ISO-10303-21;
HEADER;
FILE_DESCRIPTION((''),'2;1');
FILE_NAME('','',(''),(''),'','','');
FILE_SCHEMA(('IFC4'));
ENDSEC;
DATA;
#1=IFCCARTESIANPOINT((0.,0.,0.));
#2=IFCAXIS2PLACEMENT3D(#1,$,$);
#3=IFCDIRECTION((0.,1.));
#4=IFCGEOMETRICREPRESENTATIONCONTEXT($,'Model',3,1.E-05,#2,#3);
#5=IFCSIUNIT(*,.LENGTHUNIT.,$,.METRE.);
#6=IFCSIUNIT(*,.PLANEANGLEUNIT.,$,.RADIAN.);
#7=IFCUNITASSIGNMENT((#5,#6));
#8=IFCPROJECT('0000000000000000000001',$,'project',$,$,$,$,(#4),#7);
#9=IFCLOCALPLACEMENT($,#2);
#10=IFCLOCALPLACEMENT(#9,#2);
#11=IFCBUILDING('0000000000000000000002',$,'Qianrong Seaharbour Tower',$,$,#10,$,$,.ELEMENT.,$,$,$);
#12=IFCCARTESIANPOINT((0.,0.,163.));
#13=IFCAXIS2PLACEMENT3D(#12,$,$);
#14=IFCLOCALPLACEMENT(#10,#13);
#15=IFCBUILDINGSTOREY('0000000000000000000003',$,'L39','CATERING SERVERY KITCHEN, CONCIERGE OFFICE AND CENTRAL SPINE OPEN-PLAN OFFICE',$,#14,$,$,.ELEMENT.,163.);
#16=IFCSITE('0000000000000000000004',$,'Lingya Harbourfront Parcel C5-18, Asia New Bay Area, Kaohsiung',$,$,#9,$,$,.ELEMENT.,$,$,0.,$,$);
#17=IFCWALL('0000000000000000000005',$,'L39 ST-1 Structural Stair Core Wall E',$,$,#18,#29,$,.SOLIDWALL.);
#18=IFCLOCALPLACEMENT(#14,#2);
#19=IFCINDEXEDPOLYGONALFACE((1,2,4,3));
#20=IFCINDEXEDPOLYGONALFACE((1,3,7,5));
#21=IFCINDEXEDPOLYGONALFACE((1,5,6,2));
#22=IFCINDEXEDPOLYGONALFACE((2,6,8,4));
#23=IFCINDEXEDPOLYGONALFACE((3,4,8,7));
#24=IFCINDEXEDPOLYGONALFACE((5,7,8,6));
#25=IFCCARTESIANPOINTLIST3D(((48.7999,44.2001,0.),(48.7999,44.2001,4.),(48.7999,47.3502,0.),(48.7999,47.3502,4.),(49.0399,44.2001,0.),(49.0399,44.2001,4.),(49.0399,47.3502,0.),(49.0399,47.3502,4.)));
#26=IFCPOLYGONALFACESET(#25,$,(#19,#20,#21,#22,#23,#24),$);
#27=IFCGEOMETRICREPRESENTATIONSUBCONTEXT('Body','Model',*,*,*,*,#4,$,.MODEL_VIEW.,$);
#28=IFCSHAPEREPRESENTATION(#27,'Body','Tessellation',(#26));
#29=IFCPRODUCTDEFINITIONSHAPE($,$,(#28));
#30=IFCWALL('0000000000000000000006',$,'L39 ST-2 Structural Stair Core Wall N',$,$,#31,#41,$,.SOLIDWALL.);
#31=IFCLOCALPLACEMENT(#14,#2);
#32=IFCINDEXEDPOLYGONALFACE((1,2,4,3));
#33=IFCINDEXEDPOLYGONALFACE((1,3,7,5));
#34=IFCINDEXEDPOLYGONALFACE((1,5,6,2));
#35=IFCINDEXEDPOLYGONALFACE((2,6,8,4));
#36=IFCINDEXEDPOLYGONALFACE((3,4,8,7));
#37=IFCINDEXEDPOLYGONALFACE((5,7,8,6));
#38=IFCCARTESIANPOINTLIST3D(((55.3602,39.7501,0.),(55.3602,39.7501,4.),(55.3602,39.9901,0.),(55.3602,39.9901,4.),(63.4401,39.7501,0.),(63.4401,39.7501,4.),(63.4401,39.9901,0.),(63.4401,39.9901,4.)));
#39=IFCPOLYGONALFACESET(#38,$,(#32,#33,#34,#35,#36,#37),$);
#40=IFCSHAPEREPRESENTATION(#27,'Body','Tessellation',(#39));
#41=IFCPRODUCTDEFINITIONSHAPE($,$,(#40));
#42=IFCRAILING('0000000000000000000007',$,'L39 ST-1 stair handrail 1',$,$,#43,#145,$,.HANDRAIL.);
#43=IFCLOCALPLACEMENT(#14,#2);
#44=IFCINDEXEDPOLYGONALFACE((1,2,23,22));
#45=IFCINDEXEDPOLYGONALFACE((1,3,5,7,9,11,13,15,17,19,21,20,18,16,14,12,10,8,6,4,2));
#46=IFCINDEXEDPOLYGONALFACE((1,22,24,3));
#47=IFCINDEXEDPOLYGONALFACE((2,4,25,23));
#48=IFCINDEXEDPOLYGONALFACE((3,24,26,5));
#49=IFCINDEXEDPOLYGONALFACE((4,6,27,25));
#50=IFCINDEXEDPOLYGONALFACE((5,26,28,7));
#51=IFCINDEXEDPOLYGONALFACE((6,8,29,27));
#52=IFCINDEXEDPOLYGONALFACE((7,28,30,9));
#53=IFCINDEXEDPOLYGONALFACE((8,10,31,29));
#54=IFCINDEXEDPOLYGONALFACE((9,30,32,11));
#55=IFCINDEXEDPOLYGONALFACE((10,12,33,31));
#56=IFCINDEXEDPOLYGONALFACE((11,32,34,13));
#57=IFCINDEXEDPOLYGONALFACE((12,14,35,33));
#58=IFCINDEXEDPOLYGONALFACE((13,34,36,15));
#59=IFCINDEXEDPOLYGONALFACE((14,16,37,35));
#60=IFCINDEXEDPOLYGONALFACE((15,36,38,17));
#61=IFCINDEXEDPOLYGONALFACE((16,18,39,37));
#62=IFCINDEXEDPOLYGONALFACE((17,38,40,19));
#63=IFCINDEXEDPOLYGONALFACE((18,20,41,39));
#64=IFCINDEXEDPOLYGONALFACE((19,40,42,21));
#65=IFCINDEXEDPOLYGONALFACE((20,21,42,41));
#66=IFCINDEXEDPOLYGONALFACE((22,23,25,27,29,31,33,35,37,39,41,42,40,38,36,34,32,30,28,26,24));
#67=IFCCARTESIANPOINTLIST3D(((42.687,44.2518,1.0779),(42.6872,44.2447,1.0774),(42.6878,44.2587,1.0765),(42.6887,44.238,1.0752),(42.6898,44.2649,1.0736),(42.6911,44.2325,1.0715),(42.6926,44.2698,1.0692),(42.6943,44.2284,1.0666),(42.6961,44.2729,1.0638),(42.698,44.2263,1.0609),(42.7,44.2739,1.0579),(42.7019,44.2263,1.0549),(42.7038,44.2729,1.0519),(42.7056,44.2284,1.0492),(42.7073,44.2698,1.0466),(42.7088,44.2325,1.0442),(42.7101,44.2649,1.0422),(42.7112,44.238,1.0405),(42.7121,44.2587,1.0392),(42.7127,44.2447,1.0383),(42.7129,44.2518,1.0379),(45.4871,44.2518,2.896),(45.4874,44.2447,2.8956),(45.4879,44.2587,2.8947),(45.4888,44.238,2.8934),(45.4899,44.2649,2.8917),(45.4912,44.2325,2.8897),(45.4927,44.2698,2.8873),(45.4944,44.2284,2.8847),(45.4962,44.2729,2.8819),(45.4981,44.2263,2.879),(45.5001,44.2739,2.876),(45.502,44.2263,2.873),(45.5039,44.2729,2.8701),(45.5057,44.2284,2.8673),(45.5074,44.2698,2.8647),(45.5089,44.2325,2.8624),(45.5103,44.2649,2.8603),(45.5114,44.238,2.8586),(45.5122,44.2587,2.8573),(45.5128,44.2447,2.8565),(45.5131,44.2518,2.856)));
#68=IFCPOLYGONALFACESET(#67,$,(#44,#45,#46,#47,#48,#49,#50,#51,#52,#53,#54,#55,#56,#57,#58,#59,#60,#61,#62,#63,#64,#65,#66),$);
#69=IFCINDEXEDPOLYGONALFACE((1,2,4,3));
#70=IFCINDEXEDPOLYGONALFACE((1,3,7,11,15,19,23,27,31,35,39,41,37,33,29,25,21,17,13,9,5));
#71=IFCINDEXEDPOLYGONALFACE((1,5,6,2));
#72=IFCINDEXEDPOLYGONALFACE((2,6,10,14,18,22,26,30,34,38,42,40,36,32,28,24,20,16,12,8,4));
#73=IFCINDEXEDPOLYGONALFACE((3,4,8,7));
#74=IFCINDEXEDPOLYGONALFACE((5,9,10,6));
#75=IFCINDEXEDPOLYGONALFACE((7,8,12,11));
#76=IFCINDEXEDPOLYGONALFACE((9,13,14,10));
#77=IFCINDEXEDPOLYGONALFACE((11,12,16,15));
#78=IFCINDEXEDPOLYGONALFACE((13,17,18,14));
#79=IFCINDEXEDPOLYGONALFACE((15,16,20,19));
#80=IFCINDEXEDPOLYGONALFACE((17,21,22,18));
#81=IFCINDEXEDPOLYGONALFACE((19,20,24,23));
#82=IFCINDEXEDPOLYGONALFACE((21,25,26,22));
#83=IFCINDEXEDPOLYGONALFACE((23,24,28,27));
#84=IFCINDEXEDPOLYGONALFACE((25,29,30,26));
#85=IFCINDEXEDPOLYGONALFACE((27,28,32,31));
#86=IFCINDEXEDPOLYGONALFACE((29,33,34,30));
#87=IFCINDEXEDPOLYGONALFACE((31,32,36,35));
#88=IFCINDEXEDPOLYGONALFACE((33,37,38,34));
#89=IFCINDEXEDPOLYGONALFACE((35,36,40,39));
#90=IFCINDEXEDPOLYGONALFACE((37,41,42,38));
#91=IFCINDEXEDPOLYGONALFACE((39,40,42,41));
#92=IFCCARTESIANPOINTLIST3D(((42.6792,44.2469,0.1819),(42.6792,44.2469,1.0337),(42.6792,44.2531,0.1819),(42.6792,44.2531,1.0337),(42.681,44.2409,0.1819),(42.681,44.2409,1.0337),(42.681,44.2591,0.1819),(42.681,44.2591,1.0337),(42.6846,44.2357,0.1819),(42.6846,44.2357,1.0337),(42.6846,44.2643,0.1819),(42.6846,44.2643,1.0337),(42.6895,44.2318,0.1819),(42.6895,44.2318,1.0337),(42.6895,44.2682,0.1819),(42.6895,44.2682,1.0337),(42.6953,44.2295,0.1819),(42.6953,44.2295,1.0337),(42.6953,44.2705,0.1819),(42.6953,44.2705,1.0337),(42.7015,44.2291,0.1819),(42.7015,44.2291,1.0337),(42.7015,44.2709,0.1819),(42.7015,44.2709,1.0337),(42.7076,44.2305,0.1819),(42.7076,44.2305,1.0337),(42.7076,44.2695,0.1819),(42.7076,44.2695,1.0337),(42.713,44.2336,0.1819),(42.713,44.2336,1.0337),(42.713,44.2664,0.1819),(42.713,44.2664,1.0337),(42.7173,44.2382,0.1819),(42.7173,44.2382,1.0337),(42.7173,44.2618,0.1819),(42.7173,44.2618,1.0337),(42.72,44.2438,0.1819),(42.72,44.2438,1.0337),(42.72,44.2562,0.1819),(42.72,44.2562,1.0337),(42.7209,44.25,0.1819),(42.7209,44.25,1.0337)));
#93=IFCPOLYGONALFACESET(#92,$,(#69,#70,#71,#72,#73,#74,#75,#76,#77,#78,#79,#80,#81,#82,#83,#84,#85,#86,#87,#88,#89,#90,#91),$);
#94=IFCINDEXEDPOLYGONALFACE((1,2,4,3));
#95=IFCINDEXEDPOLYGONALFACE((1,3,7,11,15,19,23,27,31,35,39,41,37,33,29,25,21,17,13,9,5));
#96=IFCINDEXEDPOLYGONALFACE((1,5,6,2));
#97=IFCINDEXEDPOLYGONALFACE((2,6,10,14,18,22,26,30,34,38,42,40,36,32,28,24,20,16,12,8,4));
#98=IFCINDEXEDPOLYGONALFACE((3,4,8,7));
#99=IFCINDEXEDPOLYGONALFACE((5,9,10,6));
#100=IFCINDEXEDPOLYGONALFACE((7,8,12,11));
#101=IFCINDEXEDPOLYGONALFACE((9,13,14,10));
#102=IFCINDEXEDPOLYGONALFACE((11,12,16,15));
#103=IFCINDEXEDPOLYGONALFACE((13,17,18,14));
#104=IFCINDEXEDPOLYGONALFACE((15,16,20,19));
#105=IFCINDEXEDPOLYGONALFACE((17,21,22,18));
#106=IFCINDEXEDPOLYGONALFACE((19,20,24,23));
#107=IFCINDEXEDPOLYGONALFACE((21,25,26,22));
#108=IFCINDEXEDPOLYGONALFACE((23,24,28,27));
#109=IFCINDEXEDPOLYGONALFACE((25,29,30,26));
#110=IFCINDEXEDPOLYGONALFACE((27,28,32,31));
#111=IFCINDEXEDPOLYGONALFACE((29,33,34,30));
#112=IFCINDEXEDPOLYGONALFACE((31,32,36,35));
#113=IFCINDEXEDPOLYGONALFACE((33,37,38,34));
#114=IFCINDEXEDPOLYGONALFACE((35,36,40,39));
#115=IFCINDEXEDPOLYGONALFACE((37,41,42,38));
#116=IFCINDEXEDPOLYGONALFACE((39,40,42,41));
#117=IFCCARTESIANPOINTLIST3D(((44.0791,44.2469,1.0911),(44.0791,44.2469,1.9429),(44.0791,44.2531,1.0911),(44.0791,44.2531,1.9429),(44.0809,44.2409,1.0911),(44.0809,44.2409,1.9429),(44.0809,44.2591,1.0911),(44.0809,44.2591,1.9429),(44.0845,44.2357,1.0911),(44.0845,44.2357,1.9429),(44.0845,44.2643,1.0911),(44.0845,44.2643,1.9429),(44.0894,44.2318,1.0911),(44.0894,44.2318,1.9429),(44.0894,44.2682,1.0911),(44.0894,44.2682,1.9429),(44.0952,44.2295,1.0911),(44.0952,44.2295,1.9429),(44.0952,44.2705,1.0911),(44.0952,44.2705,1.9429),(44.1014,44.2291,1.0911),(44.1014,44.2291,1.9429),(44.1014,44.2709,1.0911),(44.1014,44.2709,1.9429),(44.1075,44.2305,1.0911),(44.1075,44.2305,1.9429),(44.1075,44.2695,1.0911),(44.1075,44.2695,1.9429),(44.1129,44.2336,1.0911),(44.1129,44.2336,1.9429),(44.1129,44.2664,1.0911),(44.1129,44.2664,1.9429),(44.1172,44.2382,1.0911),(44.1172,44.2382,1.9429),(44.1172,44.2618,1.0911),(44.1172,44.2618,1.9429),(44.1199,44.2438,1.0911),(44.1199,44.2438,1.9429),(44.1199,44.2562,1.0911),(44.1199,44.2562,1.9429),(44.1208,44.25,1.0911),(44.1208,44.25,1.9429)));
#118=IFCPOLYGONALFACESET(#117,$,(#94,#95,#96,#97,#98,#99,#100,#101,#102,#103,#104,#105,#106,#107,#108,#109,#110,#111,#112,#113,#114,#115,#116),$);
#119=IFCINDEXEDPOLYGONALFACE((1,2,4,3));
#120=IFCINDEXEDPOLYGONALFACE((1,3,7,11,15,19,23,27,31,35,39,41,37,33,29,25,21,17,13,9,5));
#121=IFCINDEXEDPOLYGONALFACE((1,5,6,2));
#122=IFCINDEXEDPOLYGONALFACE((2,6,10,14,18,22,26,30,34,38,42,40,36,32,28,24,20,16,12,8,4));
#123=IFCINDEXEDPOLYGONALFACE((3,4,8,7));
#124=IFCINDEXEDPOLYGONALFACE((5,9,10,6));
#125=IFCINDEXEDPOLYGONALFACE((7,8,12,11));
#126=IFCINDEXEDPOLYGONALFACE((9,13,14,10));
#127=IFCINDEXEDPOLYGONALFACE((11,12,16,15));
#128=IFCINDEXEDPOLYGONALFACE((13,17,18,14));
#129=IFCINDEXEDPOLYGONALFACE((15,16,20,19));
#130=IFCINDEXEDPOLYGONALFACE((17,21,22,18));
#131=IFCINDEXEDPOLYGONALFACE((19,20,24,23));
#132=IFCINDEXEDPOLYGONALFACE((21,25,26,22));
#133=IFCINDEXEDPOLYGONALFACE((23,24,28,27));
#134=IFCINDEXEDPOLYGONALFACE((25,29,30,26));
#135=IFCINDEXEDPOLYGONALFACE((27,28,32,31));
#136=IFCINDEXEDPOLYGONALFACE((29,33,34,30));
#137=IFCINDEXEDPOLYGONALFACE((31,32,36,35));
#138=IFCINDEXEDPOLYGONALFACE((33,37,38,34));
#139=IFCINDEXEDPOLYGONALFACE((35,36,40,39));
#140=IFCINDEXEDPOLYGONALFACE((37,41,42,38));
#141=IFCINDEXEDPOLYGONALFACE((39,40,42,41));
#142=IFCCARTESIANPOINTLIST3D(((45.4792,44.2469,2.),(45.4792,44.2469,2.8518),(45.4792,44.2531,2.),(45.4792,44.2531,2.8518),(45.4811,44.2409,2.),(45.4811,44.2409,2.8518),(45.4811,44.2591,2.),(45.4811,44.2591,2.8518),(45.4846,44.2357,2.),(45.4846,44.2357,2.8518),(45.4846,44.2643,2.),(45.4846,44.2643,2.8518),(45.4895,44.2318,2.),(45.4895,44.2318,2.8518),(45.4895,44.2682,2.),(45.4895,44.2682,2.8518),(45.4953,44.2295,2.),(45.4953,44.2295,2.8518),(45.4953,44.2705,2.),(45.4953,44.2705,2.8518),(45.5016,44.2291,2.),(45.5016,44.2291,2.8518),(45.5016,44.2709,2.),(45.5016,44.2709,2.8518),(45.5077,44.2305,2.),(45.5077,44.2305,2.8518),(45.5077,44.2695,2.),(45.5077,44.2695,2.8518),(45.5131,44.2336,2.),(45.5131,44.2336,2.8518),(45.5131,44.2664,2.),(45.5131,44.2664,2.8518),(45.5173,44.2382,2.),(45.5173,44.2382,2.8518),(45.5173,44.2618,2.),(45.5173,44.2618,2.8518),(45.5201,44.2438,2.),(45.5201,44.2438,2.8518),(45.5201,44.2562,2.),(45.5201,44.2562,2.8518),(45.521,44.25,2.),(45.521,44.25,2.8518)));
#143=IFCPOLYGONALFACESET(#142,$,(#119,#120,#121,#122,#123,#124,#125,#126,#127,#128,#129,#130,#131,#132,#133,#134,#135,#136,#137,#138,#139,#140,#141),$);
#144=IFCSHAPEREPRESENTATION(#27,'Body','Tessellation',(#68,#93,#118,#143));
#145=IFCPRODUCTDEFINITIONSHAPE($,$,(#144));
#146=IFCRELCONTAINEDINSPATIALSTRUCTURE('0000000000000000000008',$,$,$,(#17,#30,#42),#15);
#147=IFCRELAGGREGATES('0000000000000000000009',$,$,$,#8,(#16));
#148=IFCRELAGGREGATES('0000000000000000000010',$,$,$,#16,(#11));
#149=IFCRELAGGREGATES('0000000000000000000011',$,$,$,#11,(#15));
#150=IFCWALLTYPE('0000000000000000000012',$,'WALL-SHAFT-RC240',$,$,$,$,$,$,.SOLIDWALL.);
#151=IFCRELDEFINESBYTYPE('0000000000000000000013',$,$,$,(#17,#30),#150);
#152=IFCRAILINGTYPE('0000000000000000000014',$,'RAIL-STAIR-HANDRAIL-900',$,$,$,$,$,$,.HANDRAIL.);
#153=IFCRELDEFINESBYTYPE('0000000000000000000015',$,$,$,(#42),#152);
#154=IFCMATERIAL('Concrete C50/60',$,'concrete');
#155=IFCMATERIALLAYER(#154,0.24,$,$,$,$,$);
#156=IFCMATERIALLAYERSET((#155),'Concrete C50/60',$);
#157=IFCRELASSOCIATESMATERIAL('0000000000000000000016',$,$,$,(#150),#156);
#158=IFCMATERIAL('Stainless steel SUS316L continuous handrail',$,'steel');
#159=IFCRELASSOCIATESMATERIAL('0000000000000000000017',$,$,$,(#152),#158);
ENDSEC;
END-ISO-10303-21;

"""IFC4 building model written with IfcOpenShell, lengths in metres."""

from ifc_helpers import new_model, si_unit, direction, frame, frame_2d, origin, origin_2d, place, context, subcontext, project, spatial, rectangle, circle, extrude, material, layer, layer_set, type_object, element, save


model = new_model("IFC4")

# Units and contexts
model_context = context("Model", 3, precision=1e-05, world=origin(), true_north=direction((0.0, 1.0)))
body_context = subcontext(model_context, "Body", "Model", "MODEL_VIEW")
ifc_project = project(units=[si_unit("LENGTHUNIT", "METRE"), si_unit("PLANEANGLEUNIT", "RADIAN")], contexts=[model_context])

# Site, building, storey
site_placement = place(None, origin())
site = spatial("IfcSite", under=ifc_project, at=site_placement, Name="Lingya Harbourfront Parcel C5-18, Asia New Bay Area, Kaohsiung", CompositionType="ELEMENT", RefElevation=0.0)
building_placement = place(site_placement, origin())
building = spatial("IfcBuilding", under=site, at=building_placement, Name="Qianrong Seaharbour Tower", CompositionType="ELEMENT")
storey_placement = place(building_placement, frame((0.0, 0.0, 163.0)))
storey = spatial("IfcBuildingStorey", under=building, at=storey_placement, Name="L39", Description="CATERING SERVERY KITCHEN, CONCIERGE OFFICE AND CENTRAL SPINE OPEN-PLAN OFFICE", CompositionType="ELEMENT", Elevation=163.0)

# Walls
ifc_material_1 = material(Name="Concrete C50/60", Category="concrete")
ifc_layer_1 = layer(ifc_material_1, 0.24)
ifc_layer_set_1 = layer_set([ifc_layer_1], Name="Concrete C50/60")
wall_type_1 = type_object("IfcWallType", Name="WALL-SHAFT-RC240", PredefinedType="SOLIDWALL", material=ifc_layer_set_1)
wall_1_placement = place(storey_placement, frame((48.9199, 44.2, 0.0), z_axis=(0.0, 0.0, 1.0), x_axis=(0.0, 1.0, 0.0)))
element("IfcWall", 1, at=wall_1_placement, inside=storey, type_object=wall_type_1, Name="L39 ST-1 Structural Stair Core Wall E", PredefinedType="SOLIDWALL", context=body_context, shape_type="SweptSolid", body=[
    extrude(rectangle(XDim=3.1501, YDim=0.24, at=frame_2d((1.5752, 0.0))), origin(), (0.0, 0.0, 1.0), 4.0),
])
wall_2_placement = place(storey_placement, frame((55.3601, 39.8701, 0.0), z_axis=(0.0, 0.0, 1.0), x_axis=(1.0, 0.0, 0.0)))
element("IfcWall", 2, at=wall_2_placement, inside=storey, type_object=wall_type_1, Name="L39 ST-2 Structural Stair Core Wall N", PredefinedType="SOLIDWALL", context=body_context, shape_type="SweptSolid", body=[
    extrude(rectangle(XDim=8.0798, YDim=0.24, at=frame_2d((4.04, 0.0))), origin(), (0.0, 0.0, 1.0), 4.0),
])

# Railing
ifc_material_2 = material(Name="Stainless steel SUS316L continuous handrail", Category="steel")
railing_type = type_object("IfcRailingType", Name="RAIL-STAIR-HANDRAIL-900", PredefinedType="HANDRAIL", material=ifc_material_2)
railing_placement = place(storey_placement, frame((42.7, 44.25, 0.1819)))
element("IfcRailing", 3, at=railing_placement, inside=storey, type_object=railing_type, Name="L39 ST-1 stair handrail 1", PredefinedType="HANDRAIL", context=body_context, shape_type="SweptSolid", body=[
    extrude(circle(Radius=0.0239, at=origin_2d()), frame((0.0, 0.0, 0.876), z_axis=(0.838706, 0.0, 0.544585), x_axis=(0.0, 1.0, 0.0)), (0.0, 0.0, 1.0), 3.3386),
    extrude(circle(Radius=0.021, at=origin_2d()), origin(), (0.0, 0.0, 1.0), 0.8518),
    extrude(circle(Radius=0.021, at=origin_2d()), frame((1.3999, 0.0, 0.9092)), (0.0, 0.0, 1.0), 0.8518),
    extrude(circle(Radius=0.021, at=origin_2d()), frame((2.8, 0.0, 1.8181)), (0.0, 0.0, 1.0), 0.8518),
])

save(model, "model.ifc")
